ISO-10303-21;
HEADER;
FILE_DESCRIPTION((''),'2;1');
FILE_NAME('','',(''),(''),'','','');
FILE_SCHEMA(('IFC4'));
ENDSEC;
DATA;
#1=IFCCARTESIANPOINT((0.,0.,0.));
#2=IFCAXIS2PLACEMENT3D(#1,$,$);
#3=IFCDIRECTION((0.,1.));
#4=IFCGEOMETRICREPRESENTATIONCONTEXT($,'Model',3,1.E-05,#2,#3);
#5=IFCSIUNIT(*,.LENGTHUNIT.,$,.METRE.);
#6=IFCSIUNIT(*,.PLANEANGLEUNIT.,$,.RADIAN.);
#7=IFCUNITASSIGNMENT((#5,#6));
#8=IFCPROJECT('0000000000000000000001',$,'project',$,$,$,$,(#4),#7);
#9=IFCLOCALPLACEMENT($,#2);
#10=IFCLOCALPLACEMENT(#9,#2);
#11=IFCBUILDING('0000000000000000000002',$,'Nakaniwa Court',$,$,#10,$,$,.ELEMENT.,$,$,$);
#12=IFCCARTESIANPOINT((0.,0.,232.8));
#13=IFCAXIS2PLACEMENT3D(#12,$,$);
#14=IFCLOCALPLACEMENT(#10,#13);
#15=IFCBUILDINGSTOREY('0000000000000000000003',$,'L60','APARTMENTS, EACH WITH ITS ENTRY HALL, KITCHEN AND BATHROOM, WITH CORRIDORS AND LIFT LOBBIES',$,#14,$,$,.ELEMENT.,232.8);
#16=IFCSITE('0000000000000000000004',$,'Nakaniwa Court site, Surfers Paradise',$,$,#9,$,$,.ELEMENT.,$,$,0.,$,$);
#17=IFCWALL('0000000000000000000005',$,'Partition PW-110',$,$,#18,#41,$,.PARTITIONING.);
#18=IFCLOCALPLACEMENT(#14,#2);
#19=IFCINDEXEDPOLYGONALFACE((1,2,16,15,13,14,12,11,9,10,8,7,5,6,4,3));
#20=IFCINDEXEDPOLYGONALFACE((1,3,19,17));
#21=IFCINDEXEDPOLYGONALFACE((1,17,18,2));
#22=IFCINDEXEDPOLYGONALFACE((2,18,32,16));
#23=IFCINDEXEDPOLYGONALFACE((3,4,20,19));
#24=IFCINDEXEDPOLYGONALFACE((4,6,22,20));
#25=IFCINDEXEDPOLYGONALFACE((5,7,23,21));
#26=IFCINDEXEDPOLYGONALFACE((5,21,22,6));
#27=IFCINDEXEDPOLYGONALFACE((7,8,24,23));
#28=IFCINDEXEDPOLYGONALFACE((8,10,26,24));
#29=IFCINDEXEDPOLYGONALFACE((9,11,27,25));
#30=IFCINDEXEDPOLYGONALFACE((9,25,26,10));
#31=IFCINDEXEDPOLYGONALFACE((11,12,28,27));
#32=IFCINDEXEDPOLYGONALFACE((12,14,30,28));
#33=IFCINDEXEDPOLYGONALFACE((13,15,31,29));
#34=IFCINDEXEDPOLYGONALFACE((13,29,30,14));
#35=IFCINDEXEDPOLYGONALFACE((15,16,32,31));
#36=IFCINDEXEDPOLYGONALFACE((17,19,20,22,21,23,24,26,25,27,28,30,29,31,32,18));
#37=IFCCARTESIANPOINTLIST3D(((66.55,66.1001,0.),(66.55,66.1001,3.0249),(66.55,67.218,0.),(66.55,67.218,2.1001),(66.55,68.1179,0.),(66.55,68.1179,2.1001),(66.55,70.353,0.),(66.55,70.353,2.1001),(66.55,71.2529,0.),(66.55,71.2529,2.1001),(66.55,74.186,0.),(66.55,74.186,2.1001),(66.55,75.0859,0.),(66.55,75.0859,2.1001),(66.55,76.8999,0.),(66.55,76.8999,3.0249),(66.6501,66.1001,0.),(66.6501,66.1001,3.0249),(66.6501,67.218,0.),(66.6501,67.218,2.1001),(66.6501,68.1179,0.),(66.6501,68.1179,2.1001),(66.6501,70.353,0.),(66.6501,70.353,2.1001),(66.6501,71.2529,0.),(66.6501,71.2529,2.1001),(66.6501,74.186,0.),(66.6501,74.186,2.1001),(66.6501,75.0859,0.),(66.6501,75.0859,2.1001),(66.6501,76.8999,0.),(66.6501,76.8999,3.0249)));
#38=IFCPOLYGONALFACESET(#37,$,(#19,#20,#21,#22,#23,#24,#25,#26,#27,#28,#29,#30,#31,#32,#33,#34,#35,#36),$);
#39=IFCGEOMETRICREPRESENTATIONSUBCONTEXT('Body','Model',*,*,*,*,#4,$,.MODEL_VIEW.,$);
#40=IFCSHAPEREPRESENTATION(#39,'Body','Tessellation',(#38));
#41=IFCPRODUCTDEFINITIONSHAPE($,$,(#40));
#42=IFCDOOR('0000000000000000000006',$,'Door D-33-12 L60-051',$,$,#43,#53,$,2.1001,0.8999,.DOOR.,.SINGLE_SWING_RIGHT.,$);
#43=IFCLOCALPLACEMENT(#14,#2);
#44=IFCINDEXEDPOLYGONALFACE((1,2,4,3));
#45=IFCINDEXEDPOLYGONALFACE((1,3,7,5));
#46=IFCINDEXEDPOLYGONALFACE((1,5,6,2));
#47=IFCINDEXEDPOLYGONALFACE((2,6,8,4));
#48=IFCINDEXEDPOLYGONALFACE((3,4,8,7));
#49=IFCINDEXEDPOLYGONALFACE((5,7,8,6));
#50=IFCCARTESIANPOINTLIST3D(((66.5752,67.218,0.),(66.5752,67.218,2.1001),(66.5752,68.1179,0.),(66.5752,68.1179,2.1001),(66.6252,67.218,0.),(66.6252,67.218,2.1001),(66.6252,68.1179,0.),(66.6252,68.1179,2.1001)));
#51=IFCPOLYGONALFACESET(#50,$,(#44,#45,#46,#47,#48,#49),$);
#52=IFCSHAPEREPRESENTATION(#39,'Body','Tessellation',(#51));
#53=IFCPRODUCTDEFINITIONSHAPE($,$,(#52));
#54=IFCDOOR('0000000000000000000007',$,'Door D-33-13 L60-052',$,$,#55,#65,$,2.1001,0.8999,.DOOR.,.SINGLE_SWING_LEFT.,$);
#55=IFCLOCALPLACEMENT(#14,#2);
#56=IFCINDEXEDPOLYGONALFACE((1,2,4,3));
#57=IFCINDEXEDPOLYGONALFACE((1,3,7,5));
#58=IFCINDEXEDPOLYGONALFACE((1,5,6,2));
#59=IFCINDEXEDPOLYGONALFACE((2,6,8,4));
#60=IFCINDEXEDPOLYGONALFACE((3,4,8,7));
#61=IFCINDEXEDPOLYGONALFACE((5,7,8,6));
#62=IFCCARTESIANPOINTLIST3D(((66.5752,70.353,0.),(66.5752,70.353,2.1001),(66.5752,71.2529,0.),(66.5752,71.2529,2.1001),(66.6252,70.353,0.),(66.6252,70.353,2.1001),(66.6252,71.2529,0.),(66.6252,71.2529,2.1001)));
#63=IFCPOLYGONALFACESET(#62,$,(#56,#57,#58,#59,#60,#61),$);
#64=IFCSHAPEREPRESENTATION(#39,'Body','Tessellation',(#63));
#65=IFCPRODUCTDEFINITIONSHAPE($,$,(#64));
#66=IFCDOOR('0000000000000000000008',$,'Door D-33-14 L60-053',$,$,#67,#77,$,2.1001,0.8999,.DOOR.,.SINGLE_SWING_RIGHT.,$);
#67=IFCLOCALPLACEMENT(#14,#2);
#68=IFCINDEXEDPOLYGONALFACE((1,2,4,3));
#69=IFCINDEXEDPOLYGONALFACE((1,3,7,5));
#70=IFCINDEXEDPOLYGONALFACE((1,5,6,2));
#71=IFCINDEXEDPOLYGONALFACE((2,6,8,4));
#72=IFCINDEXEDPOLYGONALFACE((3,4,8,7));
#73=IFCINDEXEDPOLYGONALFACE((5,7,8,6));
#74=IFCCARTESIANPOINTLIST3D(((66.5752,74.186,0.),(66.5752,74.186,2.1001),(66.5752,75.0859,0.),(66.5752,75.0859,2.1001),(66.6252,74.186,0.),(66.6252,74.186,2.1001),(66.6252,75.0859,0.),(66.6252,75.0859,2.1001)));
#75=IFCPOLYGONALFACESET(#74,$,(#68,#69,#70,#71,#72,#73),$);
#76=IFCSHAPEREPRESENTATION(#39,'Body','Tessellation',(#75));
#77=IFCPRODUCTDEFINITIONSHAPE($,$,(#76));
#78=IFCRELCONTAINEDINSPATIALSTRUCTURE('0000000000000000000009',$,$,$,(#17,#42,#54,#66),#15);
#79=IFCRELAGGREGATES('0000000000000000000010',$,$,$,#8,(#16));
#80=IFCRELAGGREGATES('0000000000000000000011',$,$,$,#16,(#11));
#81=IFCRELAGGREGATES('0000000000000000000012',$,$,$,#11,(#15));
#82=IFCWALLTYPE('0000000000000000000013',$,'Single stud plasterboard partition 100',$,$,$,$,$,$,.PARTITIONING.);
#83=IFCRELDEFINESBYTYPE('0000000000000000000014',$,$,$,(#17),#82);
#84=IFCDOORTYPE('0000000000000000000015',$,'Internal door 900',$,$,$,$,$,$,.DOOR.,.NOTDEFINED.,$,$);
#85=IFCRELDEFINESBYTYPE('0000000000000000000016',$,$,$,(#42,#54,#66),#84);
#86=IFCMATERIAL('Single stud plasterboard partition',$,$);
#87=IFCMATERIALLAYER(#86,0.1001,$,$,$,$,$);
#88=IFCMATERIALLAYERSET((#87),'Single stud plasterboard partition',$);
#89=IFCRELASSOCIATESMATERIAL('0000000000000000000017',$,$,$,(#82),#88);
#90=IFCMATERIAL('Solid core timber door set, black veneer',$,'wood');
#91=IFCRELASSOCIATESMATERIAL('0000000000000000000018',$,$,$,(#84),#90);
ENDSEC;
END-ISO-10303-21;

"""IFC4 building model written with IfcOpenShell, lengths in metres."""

from ifc_helpers import new_model, si_unit, direction, frame, frame_2d, origin, place, context, subcontext, project, spatial, rectangle, extrude, material, layer, layer_set, type_object, element, fill, save


model = new_model("IFC4")

# Units and contexts
model_context = context("Model", 3, precision=1e-05, world=origin(), true_north=direction((0.0, 1.0)))
body_context = subcontext(model_context, "Body", "Model", "MODEL_VIEW")
ifc_project = project(units=[si_unit("LENGTHUNIT", "METRE"), si_unit("PLANEANGLEUNIT", "RADIAN")], contexts=[model_context])

# Site, building, storey
site_placement = place(None, origin())
site = spatial("IfcSite", under=ifc_project, at=site_placement, Name="Nakaniwa Court site, Surfers Paradise", CompositionType="ELEMENT", RefElevation=0.0)
building_placement = place(site_placement, origin())
building = spatial("IfcBuilding", under=site, at=building_placement, Name="Nakaniwa Court", CompositionType="ELEMENT")
storey_placement = place(building_placement, frame((0.0, 0.0, 232.8)))
storey = spatial("IfcBuildingStorey", under=building, at=storey_placement, Name="L60", Description="APARTMENTS, EACH WITH ITS ENTRY HALL, KITCHEN AND BATHROOM, WITH CORRIDORS AND LIFT LOBBIES", CompositionType="ELEMENT", Elevation=232.8)

# Wall, openings, doors
ifc_material_1 = material(Name="Single stud plasterboard partition")
ifc_layer_1 = layer(ifc_material_1, 0.1001)
ifc_layer_set_1 = layer_set([ifc_layer_1], Name="Single stud plasterboard partition")
wall_type_1 = type_object("IfcWallType", Name="Single stud plasterboard partition 100", PredefinedType="PARTITIONING", material=ifc_layer_set_1)
wall_1_placement = place(storey_placement, frame((66.6001, 66.1001, 0.0), z_axis=(0.0, 0.0, 1.0), x_axis=(0.0, 1.0, 0.0)))
wall_1 = element("IfcWall", 1, at=wall_1_placement, inside=storey, type_object=wall_type_1, Name="Partition PW-110", PredefinedType="PARTITIONING", context=body_context, shape_type="SweptSolid", body=[
    extrude(rectangle(XDim=10.7998, YDim=0.1001, at=frame_2d((5.3999, 0.0))), origin(), (0.0, 0.0, 1.0), 3.0249),
])
opening_1_placement = place(wall_1_placement, frame((1.1179, 0.0, 0.0)))
opening_1 = element("IfcOpeningElement", 2, at=opening_1_placement, cuts=wall_1, PredefinedType="OPENING", context=body_context, shape_type="SweptSolid", body=[
    extrude(rectangle(XDim=0.8999, YDim=2.1001, at=frame_2d((0.45, 1.05))), frame((0.0, 0.0601, 0.0), z_axis=(0.0, -1.0, 0.0), x_axis=(1.0, 0.0, 0.0)), (0.0, 0.0, 1.0), 0.1201),
])
opening_2_placement = place(wall_1_placement, frame((4.2529, 0.0, 0.0)))
opening_2 = element("IfcOpeningElement", 3, at=opening_2_placement, cuts=wall_1, PredefinedType="OPENING", context=body_context, shape_type="SweptSolid", body=[
    extrude(rectangle(XDim=0.8999, YDim=2.1001, at=frame_2d((0.45, 1.05))), frame((0.0, 0.0601, 0.0), z_axis=(0.0, -1.0, 0.0), x_axis=(1.0, 0.0, 0.0)), (0.0, 0.0, 1.0), 0.1201),
])
opening_3_placement = place(wall_1_placement, frame((8.0859, 0.0, 0.0)))
opening_3 = element("IfcOpeningElement", 4, at=opening_3_placement, cuts=wall_1, PredefinedType="OPENING", context=body_context, shape_type="SweptSolid", body=[
    extrude(rectangle(XDim=0.8999, YDim=2.1001, at=frame_2d((0.45, 1.05))), frame((0.0, 0.0601, 0.0), z_axis=(0.0, -1.0, 0.0), x_axis=(1.0, 0.0, 0.0)), (0.0, 0.0, 1.0), 0.1201),
])
ifc_material_2 = material(Name="Solid core timber door set, black veneer", Category="wood")
door_type = type_object("IfcDoorType", Name="Internal door 900", OperationType="NOTDEFINED", PredefinedType="DOOR", material=ifc_material_2)
door_1_placement = place(opening_1_placement, origin())
door_1 = element("IfcDoor", 5, at=door_1_placement, inside=storey, type_object=door_type, Name="Door D-33-12 L60-051", OperationType="SINGLE_SWING_RIGHT", OverallHeight=2.1001, OverallWidth=0.8999, PredefinedType="DOOR", context=body_context, shape_type="SweptSolid", body=[
    extrude(rectangle(XDim=0.8999, YDim=2.1001, at=frame_2d((0.45, 1.05))), frame((0.0, 0.0249, 0.0), z_axis=(0.0, -1.0, 0.0), x_axis=(1.0, 0.0, 0.0)), (0.0, 0.0, 1.0), 0.05),
])
fill(opening_1, door_1)
door_2_placement = place(opening_2_placement, origin())
door_2 = element("IfcDoor", 6, at=door_2_placement, inside=storey, type_object=door_type, Name="Door D-33-13 L60-052", OperationType="SINGLE_SWING_LEFT", OverallHeight=2.1001, OverallWidth=0.8999, PredefinedType="DOOR", context=body_context, shape_type="SweptSolid", body=[
    extrude(rectangle(XDim=0.8999, YDim=2.1001, at=frame_2d((0.45, 1.05))), frame((0.0, 0.0249, 0.0), z_axis=(0.0, -1.0, 0.0), x_axis=(1.0, 0.0, 0.0)), (0.0, 0.0, 1.0), 0.05),
])
fill(opening_2, door_2)
door_3_placement = place(opening_3_placement, origin())
door_3 = element("IfcDoor", 7, at=door_3_placement, inside=storey, type_object=door_type, Name="Door D-33-14 L60-053", OperationType="SINGLE_SWING_RIGHT", OverallHeight=2.1001, OverallWidth=0.8999, PredefinedType="DOOR", context=body_context, shape_type="SweptSolid", body=[
    extrude(rectangle(XDim=0.8999, YDim=2.1001, at=frame_2d((0.45, 1.05))), frame((0.0, 0.0249, 0.0), z_axis=(0.0, -1.0, 0.0), x_axis=(1.0, 0.0, 0.0)), (0.0, 0.0, 1.0), 0.05),
])
fill(opening_3, door_3)

save(model, "model.ifc")
